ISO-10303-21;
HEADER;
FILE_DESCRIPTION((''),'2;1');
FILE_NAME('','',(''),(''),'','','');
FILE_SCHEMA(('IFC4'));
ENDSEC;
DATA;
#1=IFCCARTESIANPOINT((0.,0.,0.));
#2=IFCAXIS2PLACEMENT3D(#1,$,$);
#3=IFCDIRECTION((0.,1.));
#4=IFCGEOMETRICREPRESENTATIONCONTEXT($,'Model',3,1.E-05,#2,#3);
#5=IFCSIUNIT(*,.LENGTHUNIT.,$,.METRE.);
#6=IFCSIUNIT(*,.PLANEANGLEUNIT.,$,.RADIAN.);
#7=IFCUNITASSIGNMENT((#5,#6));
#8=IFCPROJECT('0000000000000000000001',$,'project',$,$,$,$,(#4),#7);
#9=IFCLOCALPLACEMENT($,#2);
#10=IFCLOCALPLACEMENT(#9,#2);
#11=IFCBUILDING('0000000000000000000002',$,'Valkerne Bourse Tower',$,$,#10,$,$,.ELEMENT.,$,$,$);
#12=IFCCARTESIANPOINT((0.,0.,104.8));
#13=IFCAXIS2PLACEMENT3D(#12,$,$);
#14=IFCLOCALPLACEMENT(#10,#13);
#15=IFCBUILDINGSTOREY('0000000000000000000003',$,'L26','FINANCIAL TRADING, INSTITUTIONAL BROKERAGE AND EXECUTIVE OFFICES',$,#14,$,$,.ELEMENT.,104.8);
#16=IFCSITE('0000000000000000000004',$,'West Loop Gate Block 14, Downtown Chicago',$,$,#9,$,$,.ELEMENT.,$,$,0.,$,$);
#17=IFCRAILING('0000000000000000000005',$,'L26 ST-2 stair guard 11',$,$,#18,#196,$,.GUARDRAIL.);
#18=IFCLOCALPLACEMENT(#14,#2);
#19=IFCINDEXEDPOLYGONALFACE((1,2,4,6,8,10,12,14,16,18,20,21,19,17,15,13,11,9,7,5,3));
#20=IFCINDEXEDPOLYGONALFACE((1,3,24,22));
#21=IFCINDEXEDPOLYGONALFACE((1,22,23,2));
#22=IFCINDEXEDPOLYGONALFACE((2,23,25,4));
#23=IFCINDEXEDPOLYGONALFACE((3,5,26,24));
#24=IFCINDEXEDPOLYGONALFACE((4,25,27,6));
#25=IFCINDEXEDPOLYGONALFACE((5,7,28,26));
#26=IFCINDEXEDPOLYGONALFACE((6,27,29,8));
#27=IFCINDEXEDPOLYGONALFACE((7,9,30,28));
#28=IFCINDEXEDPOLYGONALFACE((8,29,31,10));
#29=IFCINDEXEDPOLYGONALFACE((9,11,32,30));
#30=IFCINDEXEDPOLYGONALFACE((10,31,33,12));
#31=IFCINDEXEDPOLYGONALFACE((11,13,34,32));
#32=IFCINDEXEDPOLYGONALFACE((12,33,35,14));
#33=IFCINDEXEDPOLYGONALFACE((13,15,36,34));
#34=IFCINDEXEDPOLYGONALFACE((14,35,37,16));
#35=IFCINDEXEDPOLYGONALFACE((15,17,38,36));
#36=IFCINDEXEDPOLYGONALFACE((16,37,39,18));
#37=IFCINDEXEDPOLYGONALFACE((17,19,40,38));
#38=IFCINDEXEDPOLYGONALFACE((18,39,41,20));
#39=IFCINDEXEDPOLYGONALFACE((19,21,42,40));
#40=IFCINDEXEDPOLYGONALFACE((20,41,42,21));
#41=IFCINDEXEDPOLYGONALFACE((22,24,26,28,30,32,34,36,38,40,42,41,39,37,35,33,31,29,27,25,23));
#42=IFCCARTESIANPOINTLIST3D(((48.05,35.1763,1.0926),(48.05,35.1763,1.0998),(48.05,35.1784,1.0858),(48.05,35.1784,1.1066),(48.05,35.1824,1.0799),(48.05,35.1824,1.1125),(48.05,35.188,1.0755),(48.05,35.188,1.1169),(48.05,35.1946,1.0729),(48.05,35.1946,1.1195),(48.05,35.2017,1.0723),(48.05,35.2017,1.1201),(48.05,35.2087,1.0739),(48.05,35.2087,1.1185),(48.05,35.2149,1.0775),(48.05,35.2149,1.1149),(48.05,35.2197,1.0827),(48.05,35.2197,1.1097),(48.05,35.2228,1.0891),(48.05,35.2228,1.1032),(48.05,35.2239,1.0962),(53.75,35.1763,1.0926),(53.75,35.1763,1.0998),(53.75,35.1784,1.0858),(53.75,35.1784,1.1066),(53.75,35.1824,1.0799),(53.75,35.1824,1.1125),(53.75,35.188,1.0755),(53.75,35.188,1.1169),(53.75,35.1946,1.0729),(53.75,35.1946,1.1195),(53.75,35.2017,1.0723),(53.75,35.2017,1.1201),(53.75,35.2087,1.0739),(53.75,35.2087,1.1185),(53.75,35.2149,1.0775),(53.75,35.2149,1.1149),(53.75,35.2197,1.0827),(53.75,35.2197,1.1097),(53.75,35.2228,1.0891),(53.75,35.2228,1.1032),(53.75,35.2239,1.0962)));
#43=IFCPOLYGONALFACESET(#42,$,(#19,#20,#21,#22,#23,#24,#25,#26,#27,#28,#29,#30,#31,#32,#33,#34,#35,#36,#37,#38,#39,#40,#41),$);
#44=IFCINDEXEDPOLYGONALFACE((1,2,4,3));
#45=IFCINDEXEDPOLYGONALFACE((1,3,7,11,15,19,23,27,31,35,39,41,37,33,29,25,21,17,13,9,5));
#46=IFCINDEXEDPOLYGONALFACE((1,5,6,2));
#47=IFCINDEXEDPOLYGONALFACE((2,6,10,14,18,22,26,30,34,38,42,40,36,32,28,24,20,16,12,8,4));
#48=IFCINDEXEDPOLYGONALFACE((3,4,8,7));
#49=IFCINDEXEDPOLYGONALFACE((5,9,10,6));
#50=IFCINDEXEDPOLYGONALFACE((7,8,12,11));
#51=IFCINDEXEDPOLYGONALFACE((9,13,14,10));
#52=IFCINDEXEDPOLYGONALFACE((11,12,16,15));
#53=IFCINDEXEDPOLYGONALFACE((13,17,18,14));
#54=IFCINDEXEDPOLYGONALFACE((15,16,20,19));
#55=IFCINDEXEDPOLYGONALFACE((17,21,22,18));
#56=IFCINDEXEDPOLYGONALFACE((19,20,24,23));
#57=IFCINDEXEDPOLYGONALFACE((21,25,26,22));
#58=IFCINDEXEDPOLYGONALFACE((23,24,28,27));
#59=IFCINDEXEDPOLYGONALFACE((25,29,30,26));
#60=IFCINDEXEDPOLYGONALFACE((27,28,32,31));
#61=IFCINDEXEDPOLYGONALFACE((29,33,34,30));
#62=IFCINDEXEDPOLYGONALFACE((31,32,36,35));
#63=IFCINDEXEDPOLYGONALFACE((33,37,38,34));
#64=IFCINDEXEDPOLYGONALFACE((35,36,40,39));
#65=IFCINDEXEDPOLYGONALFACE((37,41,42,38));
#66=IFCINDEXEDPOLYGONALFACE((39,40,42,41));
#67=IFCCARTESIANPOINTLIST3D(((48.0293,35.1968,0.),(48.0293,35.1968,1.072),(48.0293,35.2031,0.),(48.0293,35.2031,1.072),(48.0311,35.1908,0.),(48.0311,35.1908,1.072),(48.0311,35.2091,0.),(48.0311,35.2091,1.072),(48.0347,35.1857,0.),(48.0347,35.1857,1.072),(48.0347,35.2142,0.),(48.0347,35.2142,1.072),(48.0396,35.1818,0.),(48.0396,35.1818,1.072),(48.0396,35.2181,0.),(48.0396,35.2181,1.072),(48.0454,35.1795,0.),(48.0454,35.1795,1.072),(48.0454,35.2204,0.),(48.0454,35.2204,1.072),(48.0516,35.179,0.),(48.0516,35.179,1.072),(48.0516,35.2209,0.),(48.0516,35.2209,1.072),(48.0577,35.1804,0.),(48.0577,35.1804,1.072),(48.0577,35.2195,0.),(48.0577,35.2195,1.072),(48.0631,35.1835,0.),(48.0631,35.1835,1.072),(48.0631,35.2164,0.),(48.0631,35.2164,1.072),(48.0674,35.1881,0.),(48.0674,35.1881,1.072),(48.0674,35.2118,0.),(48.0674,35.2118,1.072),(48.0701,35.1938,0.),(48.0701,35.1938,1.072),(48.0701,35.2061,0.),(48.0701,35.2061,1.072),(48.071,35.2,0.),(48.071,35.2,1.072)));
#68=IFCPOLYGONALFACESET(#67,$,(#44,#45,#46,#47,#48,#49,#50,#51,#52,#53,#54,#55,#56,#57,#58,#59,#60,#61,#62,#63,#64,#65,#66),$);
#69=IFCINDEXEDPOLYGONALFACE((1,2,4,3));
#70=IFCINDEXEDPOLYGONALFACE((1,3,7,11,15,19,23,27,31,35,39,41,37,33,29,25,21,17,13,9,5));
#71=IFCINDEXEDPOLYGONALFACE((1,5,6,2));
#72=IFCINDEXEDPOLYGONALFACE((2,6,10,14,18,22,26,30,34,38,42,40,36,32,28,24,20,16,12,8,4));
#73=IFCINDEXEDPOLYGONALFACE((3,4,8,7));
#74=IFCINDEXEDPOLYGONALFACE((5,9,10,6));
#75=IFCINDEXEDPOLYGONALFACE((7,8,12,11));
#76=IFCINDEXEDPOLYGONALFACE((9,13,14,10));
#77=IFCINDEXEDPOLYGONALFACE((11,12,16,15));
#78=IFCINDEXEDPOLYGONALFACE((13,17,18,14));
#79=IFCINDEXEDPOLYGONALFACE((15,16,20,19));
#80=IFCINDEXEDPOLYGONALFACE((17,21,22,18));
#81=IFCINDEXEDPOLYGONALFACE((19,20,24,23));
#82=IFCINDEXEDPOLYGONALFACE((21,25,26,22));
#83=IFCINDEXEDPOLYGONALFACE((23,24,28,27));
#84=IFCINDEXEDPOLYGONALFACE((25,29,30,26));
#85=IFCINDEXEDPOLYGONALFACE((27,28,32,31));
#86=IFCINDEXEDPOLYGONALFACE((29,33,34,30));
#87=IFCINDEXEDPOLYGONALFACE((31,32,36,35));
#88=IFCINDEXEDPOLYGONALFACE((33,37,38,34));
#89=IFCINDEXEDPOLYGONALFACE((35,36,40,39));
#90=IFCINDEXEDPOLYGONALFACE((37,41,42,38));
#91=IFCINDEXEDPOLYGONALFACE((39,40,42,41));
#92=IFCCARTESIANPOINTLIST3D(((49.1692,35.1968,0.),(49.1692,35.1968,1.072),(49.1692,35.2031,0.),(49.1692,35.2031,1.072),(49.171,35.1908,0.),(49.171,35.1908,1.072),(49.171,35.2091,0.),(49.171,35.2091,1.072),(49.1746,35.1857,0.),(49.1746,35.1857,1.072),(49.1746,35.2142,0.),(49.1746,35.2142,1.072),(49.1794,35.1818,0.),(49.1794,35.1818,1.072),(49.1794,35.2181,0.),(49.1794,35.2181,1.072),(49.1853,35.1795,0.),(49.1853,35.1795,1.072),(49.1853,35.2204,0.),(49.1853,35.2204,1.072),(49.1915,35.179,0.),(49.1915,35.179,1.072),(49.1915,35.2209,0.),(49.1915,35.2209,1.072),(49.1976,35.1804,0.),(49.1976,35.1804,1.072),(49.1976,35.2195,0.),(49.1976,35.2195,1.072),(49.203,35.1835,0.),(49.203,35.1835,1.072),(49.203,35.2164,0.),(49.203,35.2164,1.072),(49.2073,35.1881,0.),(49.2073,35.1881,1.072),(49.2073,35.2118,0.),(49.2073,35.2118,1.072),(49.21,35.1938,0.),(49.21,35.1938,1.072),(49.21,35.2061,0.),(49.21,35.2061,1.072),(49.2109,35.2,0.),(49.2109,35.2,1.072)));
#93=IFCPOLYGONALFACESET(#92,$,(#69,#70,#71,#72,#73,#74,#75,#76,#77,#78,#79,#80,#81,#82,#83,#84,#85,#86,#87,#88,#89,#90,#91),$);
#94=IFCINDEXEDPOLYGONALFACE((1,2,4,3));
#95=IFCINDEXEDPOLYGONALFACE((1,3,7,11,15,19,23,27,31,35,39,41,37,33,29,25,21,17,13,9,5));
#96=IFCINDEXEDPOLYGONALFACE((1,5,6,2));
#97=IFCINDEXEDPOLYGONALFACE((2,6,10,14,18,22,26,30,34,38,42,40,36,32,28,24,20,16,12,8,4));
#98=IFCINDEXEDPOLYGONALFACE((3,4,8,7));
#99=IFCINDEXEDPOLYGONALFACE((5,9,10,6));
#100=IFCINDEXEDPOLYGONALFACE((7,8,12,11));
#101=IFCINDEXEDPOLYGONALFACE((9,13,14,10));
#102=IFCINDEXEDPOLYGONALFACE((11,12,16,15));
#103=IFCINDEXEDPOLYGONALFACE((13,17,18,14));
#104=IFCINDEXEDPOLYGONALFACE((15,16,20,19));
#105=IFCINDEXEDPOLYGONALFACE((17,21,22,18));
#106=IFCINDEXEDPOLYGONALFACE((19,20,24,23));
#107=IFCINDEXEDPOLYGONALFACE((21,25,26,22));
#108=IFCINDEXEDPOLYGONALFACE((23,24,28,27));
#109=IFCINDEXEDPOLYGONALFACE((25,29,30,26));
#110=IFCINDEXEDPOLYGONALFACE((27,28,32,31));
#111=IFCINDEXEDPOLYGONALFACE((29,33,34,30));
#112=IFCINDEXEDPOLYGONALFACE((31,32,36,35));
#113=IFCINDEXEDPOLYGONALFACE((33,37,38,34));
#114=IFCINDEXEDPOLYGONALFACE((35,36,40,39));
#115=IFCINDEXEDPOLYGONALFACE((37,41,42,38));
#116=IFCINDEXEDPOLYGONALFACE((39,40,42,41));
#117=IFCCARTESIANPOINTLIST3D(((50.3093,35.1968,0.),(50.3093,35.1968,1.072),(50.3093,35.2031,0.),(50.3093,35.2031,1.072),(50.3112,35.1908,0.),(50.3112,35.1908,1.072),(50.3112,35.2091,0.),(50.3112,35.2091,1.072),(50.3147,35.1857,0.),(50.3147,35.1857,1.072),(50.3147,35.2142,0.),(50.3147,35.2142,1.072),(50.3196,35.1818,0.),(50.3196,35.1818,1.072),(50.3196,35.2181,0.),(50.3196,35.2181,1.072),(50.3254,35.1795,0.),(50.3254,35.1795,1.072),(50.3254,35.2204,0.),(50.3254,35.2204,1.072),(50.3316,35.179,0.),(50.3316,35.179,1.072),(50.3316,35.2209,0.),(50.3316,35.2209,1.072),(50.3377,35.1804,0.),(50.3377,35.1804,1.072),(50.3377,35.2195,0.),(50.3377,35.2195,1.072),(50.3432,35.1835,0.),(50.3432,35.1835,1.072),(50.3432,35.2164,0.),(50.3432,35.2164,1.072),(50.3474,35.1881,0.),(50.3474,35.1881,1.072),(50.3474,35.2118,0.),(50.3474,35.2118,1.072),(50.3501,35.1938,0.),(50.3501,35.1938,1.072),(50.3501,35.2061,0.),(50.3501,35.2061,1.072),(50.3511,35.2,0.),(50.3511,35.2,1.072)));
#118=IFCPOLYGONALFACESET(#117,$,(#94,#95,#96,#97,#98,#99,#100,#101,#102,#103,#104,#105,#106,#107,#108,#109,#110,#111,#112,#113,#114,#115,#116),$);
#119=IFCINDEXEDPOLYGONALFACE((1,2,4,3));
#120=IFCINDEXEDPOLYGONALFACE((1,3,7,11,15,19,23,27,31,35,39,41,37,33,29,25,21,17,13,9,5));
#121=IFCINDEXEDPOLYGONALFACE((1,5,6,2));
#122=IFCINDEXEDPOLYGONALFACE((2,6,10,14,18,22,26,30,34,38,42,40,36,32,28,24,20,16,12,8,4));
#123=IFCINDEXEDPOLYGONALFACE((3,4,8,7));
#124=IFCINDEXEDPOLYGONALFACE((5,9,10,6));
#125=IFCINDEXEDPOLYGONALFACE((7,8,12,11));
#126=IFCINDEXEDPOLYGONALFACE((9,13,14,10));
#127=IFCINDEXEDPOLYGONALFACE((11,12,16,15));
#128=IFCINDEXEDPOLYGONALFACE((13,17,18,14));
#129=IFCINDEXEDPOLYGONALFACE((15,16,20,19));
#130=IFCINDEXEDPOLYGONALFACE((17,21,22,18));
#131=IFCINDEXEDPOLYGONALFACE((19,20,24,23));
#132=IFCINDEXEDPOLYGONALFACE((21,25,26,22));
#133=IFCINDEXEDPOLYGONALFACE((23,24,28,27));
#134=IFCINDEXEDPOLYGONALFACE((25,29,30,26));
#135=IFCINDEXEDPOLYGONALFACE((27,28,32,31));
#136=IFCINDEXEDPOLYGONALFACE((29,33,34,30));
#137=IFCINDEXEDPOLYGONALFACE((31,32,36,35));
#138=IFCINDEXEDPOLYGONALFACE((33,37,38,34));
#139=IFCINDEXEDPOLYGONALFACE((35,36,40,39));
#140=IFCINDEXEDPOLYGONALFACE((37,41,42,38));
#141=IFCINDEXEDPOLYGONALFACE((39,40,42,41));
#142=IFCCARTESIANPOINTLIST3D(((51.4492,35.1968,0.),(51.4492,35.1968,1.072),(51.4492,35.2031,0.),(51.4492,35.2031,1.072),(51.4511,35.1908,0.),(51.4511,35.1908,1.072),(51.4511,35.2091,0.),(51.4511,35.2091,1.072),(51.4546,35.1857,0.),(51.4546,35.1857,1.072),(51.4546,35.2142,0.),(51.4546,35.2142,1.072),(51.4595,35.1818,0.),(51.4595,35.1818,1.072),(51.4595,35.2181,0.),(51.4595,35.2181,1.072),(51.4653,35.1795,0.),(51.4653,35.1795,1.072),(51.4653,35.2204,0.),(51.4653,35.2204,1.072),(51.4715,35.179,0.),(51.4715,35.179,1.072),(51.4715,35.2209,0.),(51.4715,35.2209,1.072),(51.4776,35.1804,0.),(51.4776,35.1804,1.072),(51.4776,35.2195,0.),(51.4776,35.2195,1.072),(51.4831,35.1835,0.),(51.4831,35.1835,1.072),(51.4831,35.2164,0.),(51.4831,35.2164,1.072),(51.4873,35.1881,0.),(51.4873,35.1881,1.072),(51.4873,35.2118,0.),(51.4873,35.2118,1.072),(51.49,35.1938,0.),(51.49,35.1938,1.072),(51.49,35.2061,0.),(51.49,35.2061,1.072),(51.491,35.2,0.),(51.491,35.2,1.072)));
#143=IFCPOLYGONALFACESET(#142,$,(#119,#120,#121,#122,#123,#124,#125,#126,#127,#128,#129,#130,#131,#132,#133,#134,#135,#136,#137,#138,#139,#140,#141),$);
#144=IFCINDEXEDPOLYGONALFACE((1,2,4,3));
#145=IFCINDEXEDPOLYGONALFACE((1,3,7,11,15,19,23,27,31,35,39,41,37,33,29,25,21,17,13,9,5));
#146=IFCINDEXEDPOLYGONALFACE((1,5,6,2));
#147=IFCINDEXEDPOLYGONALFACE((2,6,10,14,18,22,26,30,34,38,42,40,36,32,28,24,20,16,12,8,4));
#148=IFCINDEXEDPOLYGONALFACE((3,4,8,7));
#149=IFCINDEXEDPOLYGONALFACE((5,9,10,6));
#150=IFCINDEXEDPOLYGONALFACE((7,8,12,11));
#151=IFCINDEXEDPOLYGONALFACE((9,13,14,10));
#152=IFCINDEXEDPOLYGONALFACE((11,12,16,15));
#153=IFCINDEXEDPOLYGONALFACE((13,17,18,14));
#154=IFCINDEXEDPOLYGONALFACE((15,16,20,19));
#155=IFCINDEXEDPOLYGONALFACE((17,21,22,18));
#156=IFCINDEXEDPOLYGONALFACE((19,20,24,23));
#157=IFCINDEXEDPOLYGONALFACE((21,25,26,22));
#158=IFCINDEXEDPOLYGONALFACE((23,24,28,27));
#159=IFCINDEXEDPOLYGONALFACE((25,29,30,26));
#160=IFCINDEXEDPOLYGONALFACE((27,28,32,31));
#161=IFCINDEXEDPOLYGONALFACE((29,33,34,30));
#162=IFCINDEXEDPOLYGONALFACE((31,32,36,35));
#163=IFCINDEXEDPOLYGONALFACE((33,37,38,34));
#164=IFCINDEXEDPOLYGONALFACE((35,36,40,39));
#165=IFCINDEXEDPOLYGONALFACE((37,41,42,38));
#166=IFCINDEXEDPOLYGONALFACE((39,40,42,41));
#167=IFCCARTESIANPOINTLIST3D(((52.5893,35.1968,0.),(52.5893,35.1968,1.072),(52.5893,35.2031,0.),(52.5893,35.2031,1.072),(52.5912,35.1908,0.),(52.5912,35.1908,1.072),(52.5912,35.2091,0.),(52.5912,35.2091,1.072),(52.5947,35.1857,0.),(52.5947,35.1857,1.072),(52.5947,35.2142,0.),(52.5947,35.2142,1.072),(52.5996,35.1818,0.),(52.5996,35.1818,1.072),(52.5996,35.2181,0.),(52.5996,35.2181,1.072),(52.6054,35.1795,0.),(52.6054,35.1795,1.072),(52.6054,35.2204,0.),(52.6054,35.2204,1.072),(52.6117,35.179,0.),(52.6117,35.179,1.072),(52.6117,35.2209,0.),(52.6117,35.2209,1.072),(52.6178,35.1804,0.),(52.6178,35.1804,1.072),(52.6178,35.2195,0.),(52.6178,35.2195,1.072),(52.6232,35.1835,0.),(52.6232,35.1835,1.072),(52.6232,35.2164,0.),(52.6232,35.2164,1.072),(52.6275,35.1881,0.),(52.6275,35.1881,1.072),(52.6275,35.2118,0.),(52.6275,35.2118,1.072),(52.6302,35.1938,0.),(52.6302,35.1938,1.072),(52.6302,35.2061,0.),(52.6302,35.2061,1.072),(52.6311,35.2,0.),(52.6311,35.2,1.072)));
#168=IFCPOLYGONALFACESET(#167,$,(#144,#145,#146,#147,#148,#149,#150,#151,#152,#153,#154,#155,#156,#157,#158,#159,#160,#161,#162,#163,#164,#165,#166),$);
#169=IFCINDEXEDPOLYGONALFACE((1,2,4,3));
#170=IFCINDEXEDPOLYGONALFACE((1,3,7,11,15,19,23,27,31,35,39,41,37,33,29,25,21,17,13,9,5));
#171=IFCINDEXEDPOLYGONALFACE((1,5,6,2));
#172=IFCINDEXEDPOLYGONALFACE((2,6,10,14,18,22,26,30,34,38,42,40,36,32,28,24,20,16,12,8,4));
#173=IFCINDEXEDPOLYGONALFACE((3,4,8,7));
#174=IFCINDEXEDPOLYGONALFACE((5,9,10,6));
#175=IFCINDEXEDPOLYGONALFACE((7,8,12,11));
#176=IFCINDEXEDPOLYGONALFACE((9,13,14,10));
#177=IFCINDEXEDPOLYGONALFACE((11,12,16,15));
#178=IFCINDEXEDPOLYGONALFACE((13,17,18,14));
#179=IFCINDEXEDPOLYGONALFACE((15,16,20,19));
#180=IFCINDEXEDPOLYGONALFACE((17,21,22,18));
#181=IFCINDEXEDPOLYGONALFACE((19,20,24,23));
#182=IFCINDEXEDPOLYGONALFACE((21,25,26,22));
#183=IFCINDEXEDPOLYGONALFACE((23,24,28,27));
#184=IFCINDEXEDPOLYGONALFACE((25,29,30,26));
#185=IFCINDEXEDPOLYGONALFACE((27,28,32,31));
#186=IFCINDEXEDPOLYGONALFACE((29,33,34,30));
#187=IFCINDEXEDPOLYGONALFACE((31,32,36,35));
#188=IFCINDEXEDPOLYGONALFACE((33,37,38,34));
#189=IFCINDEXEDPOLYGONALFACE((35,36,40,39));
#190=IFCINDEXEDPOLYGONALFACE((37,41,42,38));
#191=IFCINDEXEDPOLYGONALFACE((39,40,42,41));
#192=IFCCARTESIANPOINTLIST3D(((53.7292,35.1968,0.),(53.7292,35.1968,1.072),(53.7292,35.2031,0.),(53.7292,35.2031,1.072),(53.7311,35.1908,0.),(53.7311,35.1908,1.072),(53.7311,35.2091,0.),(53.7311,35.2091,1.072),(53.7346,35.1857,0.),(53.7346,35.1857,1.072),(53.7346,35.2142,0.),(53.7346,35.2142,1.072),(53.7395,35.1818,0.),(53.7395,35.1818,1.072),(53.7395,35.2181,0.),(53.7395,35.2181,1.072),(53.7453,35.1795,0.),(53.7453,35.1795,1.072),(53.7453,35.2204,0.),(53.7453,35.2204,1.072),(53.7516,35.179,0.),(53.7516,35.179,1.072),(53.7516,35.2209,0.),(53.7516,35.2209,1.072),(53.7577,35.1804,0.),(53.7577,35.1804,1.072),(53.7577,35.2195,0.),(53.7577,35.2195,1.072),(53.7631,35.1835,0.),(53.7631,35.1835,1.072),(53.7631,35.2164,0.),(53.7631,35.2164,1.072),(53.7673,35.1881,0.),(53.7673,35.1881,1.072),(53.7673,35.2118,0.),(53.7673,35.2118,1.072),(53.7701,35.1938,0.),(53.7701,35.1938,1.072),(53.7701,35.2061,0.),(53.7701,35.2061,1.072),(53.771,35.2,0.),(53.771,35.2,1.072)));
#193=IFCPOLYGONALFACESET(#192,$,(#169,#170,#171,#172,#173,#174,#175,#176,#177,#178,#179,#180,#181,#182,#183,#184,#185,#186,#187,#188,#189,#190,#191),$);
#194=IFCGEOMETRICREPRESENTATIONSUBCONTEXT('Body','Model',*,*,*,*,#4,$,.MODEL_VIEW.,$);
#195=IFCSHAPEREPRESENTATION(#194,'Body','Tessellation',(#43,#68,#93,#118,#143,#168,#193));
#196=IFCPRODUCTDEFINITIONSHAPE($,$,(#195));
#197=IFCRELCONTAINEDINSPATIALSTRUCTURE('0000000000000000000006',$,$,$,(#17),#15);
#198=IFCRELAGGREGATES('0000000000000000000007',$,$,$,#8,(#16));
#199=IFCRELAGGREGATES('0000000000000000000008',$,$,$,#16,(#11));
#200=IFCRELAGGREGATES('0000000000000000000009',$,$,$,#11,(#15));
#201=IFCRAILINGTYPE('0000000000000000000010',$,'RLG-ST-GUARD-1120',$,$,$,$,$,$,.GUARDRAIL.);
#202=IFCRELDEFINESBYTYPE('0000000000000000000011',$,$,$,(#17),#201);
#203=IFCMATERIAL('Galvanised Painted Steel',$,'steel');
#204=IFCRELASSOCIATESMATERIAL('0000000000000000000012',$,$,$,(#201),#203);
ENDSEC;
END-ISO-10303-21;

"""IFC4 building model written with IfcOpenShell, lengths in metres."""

from ifc_helpers import new_model, si_unit, direction, frame, origin, origin_2d, place, context, subcontext, project, spatial, circle, extrude, material, type_object, element, save


model = new_model("IFC4")

# Units and contexts
model_context = context("Model", 3, precision=1e-05, world=origin(), true_north=direction((0.0, 1.0)))
body_context = subcontext(model_context, "Body", "Model", "MODEL_VIEW")
ifc_project = project(units=[si_unit("LENGTHUNIT", "METRE"), si_unit("PLANEANGLEUNIT", "RADIAN")], contexts=[model_context])

# Site, building, storey
site_placement = place(None, origin())
site = spatial("IfcSite", under=ifc_project, at=site_placement, Name="West Loop Gate Block 14, Downtown Chicago", CompositionType="ELEMENT", RefElevation=0.0)
building_placement = place(site_placement, origin())
building = spatial("IfcBuilding", under=site, at=building_placement, Name="Valkerne Bourse Tower", CompositionType="ELEMENT")
storey_placement = place(building_placement, frame((0.0, 0.0, 104.8)))
storey = spatial("IfcBuildingStorey", under=building, at=storey_placement, Name="L26", Description="FINANCIAL TRADING, INSTITUTIONAL BROKERAGE AND EXECUTIVE OFFICES", CompositionType="ELEMENT", Elevation=104.8)

# Shared definitions
ifc_material_1 = material(Name="Galvanised Painted Steel", Category="steel")

# Railing
railing_type_1 = type_object("IfcRailingType", Name="RLG-ST-GUARD-1120", PredefinedType="GUARDRAIL", material=ifc_material_1)
for number, where, name in (
    (1, (48.05, 35.2, 0.0), "L26 ST-2 stair guard 11"),
):
    element("IfcRailing", number, at=place(storey_placement, frame(where)), inside=storey, type_object=railing_type_1, Name=name, PredefinedType="GUARDRAIL", context=body_context, shape_type="SweptSolid", body=[
        extrude(circle(Radius=0.0239, at=origin_2d()), frame((0.0, 0.0, 1.0962), z_axis=(1.0, 0.0, 0.0), x_axis=(0.0, 1.0, 0.0)), (0.0, 0.0, 1.0), 5.7),
        extrude(circle(Radius=0.021, at=origin_2d()), origin(), (0.0, 0.0, 1.0), 1.072),
        extrude(circle(Radius=0.021, at=origin_2d()), frame((1.1399, 0.0, 0.0)), (0.0, 0.0, 1.0), 1.072),
        extrude(circle(Radius=0.021, at=origin_2d()), frame((2.28, 0.0, 0.0)), (0.0, 0.0, 1.0), 1.072),
        extrude(circle(Radius=0.021, at=origin_2d()), frame((3.4199, 0.0, 0.0)), (0.0, 0.0, 1.0), 1.072),
        extrude(circle(Radius=0.021, at=origin_2d()), frame((4.5601, 0.0, 0.0)), (0.0, 0.0, 1.0), 1.072),
        extrude(circle(Radius=0.021, at=origin_2d()), frame((5.7, 0.0, 0.0)), (0.0, 0.0, 1.0), 1.072),
    ])

save(model, "model.ifc")
